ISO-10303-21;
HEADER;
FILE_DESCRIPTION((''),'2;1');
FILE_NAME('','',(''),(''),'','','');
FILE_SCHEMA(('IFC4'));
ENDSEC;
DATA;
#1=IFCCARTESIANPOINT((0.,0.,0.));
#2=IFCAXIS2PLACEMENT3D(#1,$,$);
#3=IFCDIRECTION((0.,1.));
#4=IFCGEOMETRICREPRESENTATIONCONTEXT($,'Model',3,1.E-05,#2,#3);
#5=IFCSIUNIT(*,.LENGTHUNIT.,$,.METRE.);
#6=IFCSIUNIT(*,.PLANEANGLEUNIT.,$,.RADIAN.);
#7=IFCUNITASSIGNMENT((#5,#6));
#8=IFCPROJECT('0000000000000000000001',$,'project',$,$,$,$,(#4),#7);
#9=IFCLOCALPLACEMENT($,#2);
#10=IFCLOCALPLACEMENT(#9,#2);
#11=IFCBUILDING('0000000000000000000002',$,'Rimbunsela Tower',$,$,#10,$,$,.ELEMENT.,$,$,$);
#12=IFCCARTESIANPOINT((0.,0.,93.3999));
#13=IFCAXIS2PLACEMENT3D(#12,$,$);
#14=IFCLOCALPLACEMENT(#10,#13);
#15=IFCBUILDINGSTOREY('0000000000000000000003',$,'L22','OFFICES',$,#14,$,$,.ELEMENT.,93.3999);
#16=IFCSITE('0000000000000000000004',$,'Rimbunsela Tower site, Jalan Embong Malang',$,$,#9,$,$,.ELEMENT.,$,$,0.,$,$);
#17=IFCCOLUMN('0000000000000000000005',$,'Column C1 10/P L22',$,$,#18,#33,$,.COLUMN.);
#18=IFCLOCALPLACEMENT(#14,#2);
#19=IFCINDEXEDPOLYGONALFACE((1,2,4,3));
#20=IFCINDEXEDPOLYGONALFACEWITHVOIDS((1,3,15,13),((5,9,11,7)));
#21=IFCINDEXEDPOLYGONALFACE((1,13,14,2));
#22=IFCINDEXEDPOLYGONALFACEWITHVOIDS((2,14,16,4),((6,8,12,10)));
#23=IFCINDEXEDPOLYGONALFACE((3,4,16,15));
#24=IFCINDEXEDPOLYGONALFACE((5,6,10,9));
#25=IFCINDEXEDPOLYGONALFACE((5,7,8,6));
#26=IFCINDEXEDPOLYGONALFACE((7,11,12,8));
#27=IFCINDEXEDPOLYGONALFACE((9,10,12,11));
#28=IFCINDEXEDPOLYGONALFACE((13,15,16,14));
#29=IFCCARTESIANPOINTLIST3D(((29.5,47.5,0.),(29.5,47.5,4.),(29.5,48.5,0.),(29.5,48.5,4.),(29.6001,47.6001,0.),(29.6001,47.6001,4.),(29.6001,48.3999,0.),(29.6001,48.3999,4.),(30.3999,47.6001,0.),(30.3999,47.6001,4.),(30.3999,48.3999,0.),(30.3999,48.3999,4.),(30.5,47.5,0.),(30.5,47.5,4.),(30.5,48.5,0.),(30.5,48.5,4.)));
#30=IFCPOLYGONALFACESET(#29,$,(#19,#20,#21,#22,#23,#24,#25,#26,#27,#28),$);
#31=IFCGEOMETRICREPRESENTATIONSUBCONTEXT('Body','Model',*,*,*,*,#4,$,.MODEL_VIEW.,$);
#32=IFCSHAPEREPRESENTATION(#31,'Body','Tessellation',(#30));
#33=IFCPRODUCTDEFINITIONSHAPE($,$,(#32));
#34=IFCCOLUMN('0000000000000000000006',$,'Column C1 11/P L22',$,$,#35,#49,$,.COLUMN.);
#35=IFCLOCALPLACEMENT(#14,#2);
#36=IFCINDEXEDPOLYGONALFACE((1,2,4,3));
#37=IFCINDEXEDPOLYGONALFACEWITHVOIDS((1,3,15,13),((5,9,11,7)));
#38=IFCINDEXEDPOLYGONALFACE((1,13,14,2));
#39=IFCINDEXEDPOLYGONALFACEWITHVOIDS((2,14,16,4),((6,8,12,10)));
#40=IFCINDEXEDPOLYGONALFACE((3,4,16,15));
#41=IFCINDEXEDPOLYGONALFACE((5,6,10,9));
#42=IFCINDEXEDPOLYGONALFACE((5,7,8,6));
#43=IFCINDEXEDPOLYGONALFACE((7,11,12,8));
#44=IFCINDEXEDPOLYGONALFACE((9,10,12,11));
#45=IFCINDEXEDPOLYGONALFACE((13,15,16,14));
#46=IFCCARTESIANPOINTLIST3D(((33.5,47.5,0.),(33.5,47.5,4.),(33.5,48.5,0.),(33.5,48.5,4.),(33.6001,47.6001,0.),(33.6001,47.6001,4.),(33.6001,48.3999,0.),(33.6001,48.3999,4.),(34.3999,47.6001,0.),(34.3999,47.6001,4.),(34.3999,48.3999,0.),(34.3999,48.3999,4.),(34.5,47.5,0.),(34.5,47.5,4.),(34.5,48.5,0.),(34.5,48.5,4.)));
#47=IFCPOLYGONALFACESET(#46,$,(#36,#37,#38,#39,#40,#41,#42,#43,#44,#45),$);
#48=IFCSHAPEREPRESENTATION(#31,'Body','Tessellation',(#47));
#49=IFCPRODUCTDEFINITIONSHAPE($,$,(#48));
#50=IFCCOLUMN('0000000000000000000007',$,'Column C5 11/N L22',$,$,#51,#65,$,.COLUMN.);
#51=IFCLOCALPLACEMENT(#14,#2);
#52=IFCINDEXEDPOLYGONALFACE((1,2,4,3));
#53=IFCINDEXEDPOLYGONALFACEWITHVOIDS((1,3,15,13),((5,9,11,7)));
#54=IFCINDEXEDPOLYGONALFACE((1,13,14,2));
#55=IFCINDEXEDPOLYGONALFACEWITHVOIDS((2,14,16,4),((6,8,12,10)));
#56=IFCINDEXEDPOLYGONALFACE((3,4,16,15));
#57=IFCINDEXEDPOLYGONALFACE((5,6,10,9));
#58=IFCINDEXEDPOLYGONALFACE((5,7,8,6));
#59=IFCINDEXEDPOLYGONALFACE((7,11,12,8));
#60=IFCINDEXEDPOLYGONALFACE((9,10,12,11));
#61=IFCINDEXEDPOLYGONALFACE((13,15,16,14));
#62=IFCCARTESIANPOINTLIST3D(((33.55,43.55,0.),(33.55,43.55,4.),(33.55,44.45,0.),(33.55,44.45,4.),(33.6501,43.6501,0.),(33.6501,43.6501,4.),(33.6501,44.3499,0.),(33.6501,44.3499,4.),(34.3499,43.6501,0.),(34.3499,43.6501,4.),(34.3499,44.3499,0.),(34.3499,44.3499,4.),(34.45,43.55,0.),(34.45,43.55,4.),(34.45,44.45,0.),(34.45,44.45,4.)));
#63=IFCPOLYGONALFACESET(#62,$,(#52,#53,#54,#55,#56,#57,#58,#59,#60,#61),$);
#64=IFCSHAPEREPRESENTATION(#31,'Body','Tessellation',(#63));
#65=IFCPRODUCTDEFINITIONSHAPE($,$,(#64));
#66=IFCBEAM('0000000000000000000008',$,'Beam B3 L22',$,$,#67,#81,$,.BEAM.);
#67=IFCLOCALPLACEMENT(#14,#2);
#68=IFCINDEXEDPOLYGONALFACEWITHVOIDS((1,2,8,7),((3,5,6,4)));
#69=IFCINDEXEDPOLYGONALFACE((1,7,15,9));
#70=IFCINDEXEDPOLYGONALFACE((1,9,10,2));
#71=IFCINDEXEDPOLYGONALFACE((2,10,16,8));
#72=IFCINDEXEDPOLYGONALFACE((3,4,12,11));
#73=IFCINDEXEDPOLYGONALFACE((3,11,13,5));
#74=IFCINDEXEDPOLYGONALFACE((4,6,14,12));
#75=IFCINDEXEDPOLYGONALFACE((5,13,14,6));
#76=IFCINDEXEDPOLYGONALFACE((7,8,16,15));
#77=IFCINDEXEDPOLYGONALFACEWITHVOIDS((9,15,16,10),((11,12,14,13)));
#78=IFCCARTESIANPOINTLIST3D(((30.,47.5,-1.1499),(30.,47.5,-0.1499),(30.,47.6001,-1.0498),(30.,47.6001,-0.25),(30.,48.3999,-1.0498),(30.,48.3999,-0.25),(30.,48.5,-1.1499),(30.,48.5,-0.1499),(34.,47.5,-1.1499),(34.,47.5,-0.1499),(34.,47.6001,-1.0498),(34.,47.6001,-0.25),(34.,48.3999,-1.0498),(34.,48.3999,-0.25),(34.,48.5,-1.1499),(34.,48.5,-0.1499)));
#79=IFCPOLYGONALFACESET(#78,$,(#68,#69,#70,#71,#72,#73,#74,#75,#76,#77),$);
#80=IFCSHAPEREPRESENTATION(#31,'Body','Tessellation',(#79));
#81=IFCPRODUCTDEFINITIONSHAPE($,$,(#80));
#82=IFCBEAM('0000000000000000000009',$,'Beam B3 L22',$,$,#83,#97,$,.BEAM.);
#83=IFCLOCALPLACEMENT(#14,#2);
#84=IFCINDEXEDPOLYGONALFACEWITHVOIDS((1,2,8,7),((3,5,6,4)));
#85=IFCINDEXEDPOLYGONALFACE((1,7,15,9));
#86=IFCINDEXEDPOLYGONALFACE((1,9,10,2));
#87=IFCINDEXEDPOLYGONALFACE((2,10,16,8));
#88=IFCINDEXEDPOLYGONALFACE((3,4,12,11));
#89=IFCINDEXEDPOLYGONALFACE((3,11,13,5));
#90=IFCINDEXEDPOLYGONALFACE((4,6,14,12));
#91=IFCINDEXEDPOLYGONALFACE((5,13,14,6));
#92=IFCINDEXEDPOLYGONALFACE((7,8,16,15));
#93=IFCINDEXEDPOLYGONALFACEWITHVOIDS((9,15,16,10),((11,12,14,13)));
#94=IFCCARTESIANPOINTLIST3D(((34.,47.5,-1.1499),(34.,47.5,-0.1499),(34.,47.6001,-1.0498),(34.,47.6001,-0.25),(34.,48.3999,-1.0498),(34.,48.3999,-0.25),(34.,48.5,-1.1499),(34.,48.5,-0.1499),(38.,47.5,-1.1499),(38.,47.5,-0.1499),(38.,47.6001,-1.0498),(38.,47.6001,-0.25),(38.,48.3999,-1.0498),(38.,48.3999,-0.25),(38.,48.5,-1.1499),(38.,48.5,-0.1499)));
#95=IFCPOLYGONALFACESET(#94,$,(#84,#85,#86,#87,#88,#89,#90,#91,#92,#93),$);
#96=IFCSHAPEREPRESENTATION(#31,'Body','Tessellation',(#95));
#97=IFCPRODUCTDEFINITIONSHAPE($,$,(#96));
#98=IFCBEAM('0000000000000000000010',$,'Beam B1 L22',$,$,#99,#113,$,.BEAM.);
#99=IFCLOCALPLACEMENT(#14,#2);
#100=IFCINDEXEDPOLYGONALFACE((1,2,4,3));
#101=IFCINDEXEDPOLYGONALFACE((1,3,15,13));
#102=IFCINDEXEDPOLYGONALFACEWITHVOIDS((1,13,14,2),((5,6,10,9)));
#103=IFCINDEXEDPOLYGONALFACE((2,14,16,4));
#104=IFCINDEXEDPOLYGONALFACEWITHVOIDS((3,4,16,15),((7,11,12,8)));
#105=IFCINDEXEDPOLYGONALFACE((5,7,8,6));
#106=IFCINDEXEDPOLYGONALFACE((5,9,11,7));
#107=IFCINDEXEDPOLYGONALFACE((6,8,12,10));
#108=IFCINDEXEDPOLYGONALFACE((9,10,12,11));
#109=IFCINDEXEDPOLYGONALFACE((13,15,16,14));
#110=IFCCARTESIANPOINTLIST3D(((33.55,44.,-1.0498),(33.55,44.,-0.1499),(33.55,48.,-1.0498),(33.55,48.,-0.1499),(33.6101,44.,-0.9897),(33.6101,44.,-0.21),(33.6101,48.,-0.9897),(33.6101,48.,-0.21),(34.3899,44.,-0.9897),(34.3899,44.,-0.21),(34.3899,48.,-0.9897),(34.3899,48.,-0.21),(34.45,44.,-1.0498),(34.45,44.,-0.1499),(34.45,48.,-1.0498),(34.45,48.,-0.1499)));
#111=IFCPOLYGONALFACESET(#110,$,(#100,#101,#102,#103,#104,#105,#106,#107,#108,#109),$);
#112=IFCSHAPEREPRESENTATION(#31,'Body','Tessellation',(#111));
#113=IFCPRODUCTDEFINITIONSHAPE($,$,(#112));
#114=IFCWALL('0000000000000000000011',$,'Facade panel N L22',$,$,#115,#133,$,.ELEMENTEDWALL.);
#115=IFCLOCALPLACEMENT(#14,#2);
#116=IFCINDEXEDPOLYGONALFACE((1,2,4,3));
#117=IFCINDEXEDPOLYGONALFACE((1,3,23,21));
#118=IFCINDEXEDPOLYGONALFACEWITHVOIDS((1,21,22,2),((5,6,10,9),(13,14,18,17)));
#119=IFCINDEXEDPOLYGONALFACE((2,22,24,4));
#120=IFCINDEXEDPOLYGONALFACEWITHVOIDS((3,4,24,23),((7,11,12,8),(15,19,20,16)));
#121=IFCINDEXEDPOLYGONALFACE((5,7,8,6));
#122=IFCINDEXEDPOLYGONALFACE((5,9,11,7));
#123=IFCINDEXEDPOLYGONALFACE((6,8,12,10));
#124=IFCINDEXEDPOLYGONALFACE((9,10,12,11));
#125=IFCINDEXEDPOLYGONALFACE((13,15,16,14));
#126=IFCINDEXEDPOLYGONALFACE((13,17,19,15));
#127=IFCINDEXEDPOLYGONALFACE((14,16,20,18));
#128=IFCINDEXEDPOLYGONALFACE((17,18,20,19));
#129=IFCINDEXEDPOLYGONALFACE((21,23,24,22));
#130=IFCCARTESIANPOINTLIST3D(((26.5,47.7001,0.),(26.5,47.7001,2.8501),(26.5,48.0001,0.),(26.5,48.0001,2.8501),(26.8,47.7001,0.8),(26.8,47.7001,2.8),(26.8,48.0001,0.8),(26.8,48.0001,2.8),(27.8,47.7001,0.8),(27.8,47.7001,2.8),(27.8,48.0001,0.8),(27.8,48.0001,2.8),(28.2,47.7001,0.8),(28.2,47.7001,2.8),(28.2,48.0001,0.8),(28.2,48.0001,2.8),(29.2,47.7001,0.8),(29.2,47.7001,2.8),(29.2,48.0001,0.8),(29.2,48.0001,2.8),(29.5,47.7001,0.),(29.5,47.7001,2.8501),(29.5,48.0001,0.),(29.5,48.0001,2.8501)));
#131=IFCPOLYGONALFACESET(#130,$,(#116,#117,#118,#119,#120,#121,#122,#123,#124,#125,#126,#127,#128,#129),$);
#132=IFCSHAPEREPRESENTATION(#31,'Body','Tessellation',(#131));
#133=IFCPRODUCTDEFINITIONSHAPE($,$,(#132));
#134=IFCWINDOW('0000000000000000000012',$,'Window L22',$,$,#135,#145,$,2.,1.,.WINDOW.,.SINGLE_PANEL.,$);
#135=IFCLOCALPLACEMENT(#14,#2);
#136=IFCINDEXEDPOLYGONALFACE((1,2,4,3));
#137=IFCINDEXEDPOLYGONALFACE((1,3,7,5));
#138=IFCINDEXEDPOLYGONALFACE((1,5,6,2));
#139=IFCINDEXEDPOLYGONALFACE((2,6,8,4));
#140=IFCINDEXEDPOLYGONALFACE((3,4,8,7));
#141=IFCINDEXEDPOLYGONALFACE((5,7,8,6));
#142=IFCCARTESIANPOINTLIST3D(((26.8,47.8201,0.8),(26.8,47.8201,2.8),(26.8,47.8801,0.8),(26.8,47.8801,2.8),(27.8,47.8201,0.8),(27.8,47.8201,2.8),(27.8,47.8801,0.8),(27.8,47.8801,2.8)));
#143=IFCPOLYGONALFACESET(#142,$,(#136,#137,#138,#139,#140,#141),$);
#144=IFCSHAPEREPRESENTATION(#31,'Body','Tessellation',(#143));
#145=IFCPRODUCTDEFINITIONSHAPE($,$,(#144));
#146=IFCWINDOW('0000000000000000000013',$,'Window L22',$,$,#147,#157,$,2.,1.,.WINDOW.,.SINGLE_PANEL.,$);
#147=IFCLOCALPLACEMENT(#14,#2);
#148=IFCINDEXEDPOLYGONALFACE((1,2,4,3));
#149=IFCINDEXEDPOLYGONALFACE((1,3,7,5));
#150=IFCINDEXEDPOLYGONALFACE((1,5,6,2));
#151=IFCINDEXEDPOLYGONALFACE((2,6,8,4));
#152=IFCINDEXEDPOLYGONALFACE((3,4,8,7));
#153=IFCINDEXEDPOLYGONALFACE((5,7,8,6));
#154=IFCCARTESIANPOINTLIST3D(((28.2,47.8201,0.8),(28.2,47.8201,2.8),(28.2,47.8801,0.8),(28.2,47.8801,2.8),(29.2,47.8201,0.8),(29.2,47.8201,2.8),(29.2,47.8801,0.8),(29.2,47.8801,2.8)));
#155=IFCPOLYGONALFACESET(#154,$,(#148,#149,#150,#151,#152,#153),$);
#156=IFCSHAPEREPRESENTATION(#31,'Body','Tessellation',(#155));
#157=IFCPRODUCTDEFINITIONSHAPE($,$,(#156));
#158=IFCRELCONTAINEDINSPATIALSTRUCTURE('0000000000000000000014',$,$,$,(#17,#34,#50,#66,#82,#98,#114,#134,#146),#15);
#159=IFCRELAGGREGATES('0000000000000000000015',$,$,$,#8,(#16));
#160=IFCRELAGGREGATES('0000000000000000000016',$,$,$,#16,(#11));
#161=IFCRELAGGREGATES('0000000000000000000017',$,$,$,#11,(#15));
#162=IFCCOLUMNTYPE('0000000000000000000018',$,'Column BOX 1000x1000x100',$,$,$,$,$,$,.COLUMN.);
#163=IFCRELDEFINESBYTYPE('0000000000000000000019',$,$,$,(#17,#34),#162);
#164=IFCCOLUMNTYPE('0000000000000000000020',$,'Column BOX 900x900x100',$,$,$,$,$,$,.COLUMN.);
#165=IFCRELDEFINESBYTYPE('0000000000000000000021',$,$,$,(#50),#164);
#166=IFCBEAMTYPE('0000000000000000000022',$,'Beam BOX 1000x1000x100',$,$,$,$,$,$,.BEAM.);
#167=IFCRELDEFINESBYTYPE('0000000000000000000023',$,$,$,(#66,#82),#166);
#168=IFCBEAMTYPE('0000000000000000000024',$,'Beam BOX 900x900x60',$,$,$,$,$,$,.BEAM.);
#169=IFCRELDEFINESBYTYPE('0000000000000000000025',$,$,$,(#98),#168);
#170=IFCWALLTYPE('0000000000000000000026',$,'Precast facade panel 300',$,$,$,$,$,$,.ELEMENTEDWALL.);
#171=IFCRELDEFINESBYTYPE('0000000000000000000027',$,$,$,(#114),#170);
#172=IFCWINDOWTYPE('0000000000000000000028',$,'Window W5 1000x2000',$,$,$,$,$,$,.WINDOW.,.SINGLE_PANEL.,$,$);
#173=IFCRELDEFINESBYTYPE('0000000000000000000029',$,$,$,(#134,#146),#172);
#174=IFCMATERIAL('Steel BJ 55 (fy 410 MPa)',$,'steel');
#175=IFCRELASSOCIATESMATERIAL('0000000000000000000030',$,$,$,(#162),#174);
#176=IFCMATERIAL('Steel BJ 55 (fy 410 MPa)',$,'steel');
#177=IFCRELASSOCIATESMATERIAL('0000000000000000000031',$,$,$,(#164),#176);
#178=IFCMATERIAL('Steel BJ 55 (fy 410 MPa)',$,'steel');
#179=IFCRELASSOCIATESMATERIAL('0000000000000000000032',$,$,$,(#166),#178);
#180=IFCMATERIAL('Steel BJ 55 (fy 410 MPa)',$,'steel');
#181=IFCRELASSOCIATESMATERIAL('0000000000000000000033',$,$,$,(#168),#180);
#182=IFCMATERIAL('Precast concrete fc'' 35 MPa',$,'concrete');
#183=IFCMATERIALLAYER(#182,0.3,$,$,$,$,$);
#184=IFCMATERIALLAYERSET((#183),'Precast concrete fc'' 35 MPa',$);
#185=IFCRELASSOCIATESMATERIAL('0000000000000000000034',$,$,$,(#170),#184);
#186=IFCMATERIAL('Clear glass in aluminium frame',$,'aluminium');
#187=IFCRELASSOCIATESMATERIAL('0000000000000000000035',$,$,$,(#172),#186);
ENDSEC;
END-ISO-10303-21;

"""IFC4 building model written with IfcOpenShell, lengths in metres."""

from ifc_helpers import new_model, si_unit, direction, frame, frame_2d, origin, origin_2d, place, context, subcontext, project, spatial, rectangle, hollow_rectangle, extrude, material, layer, layer_set, material_profile, profile_set, type_object, element, fill, save


model = new_model("IFC4")

# Units and contexts
model_context = context("Model", 3, precision=1e-05, world=origin(), true_north=direction((0.0, 1.0)))
body_context = subcontext(model_context, "Body", "Model", "MODEL_VIEW")
ifc_project = project(units=[si_unit("LENGTHUNIT", "METRE"), si_unit("PLANEANGLEUNIT", "RADIAN")], contexts=[model_context])

# Site, building, storey
site_placement = place(None, origin())
site = spatial("IfcSite", under=ifc_project, at=site_placement, Name="Rimbunsela Tower site, Jalan Embong Malang", CompositionType="ELEMENT", RefElevation=0.0)
building_placement = place(site_placement, origin())
building = spatial("IfcBuilding", under=site, at=building_placement, Name="Rimbunsela Tower", CompositionType="ELEMENT")
storey_placement = place(building_placement, frame((0.0, 0.0, 93.3999)))
storey = spatial("IfcBuildingStorey", under=building, at=storey_placement, Name="L22", Description="OFFICES", CompositionType="ELEMENT", Elevation=93.3999)

# Columns
ifc_material_1 = material(Name="Steel BJ 55 (fy 410 MPa)", Category="steel")
ifc_material_profile_1 = material_profile(ifc_material_1, hollow_rectangle(XDim=1.0, YDim=1.0, WallThickness=0.1001, at=origin_2d()), Name="BOX 1000x1000x100")
ifc_profile_set_1 = profile_set([ifc_material_profile_1], Name="Steel BJ 55 (fy 410 MPa)")
column_type_1 = type_object("IfcColumnType", Name="Column BOX 1000x1000x100", PredefinedType="COLUMN", material=ifc_profile_set_1)
for number, where, z_axis, x_axis, name in (
    (1, (30.0, 48.0, 0.0), (0.0, 0.0, 1.0), (1.0, 0.0, 0.0), "Column C1 10/P L22"),
    (2, (34.0, 48.0, 0.0), (0.0, 0.0, 1.0), (1.0, 0.0, 0.0), "Column C1 11/P L22"),
):
    element("IfcColumn", number, at=place(storey_placement, frame(where, z_axis=z_axis, x_axis=x_axis)), inside=storey, type_object=column_type_1, Name=name, PredefinedType="COLUMN", context=body_context, shape_type="SweptSolid", body=[
        extrude(hollow_rectangle(XDim=1.0, YDim=1.0, WallThickness=0.1001, at=origin_2d()), origin(), (0.0, 0.0, 1.0), 4.0),
    ])
ifc_material_2 = material(Name="Steel BJ 55 (fy 410 MPa)", Category="steel")
ifc_material_profile_2 = material_profile(ifc_material_2, hollow_rectangle(XDim=0.8999, YDim=0.8999, WallThickness=0.1001, at=origin_2d()), Name="BOX 900x900x100")
ifc_profile_set_2 = profile_set([ifc_material_profile_2], Name="Steel BJ 55 (fy 410 MPa)")
column_type_2 = type_object("IfcColumnType", Name="Column BOX 900x900x100", PredefinedType="COLUMN", material=ifc_profile_set_2)
column_placement = place(storey_placement, frame((34.0, 44.0, 0.0), z_axis=(0.0, 0.0, 1.0), x_axis=(1.0, 0.0, 0.0)))
element("IfcColumn", 3, at=column_placement, inside=storey, type_object=column_type_2, Name="Column C5 11/N L22", PredefinedType="COLUMN", context=body_context, shape_type="SweptSolid", body=[
    extrude(hollow_rectangle(XDim=0.8999, YDim=0.8999, WallThickness=0.1001, at=origin_2d()), origin(), (0.0, 0.0, 1.0), 4.0),
])

# Beams
ifc_material_3 = material(Name="Steel BJ 55 (fy 410 MPa)", Category="steel")
ifc_material_profile_3 = material_profile(ifc_material_3, hollow_rectangle(XDim=1.0, YDim=1.0, WallThickness=0.1001, at=origin_2d()), Name="BOX 1000x1000x100")
ifc_profile_set_3 = profile_set([ifc_material_profile_3], Name="Steel BJ 55 (fy 410 MPa)")
beam_type_1 = type_object("IfcBeamType", Name="Beam BOX 1000x1000x100", PredefinedType="BEAM", material=ifc_profile_set_3)
for number, where, z_axis, x_axis, name in (
    (4, (30.0, 48.0, -0.6499), (1.0, 0.0, 0.0), (0.0, 1.0, 0.0), "Beam B3 L22"),
    (5, (34.0, 48.0, -0.6499), (1.0, 0.0, 0.0), (0.0, 1.0, 0.0), "Beam B3 L22"),
):
    element("IfcBeam", number, at=place(storey_placement, frame(where, z_axis=z_axis, x_axis=x_axis)), inside=storey, type_object=beam_type_1, Name=name, PredefinedType="BEAM", context=body_context, shape_type="SweptSolid", body=[
        extrude(hollow_rectangle(XDim=1.0, YDim=1.0, WallThickness=0.1001, at=origin_2d()), origin(), (0.0, 0.0, 1.0), 4.0),
    ])
ifc_material_4 = material(Name="Steel BJ 55 (fy 410 MPa)", Category="steel")
ifc_material_profile_4 = material_profile(ifc_material_4, hollow_rectangle(XDim=0.8999, YDim=0.8999, WallThickness=0.0601, at=origin_2d()), Name="BOX 900x900x60")
ifc_profile_set_4 = profile_set([ifc_material_profile_4], Name="Steel BJ 55 (fy 410 MPa)")
beam_type_2 = type_object("IfcBeamType", Name="Beam BOX 900x900x60", PredefinedType="BEAM", material=ifc_profile_set_4)
beam_placement = place(storey_placement, frame((34.0, 44.0, -0.5999), z_axis=(0.0, 1.0, 0.0), x_axis=(-1.0, 0.0, 0.0)))
element("IfcBeam", 6, at=beam_placement, inside=storey, type_object=beam_type_2, Name="Beam B1 L22", PredefinedType="BEAM", context=body_context, shape_type="SweptSolid", body=[
    extrude(hollow_rectangle(XDim=0.8999, YDim=0.8999, WallThickness=0.0601, at=origin_2d()), origin(), (0.0, 0.0, 1.0), 4.0),
])

# Wall, openings, windows
ifc_material_5 = material(Name="Precast concrete fc' 35 MPa", Category="concrete")
ifc_layer_1 = layer(ifc_material_5, 0.3)
ifc_layer_set_1 = layer_set([ifc_layer_1], Name="Precast concrete fc' 35 MPa")
wall_type_1 = type_object("IfcWallType", Name="Precast facade panel 300", PredefinedType="ELEMENTEDWALL", material=ifc_layer_set_1)
wall_1_placement = place(storey_placement, frame((29.5, 47.8501, 0.0), z_axis=(0.0, 0.0, 1.0), x_axis=(-1.0, 0.0, 0.0)))
wall_1 = element("IfcWall", 7, at=wall_1_placement, inside=storey, type_object=wall_type_1, Name="Facade panel N L22", PredefinedType="ELEMENTEDWALL", context=body_context, shape_type="SweptSolid", body=[
    extrude(rectangle(XDim=3.0, YDim=0.3, at=frame_2d((1.5, 0.0))), origin(), (0.0, 0.0, 1.0), 2.8501),
])
opening_1_placement = place(wall_1_placement, frame((1.7, 0.0, 0.8)))
opening_1 = element("IfcOpeningElement", 8, at=opening_1_placement, cuts=wall_1, PredefinedType="OPENING", context=body_context, shape_type="SweptSolid", body=[
    extrude(rectangle(XDim=1.0, YDim=2.0, at=frame_2d((0.5, 1.0))), frame((0.0, 0.1599, 0.0), z_axis=(0.0, -1.0, 0.0), x_axis=(1.0, 0.0, 0.0)), (0.0, 0.0, 1.0), 0.3201),
])
opening_2_placement = place(wall_1_placement, frame((0.3, 0.0, 0.8)))
opening_2 = element("IfcOpeningElement", 9, at=opening_2_placement, cuts=wall_1, PredefinedType="OPENING", context=body_context, shape_type="SweptSolid", body=[
    extrude(rectangle(XDim=1.0, YDim=2.0, at=frame_2d((0.5, 1.0))), frame((0.0, 0.1599, 0.0), z_axis=(0.0, -1.0, 0.0), x_axis=(1.0, 0.0, 0.0)), (0.0, 0.0, 1.0), 0.3201),
])
ifc_material_6 = material(Name="Clear glass in aluminium frame", Category="aluminium")
window_type_1 = type_object("IfcWindowType", Name="Window W5 1000x2000", PartitioningType="SINGLE_PANEL", PredefinedType="WINDOW", material=ifc_material_6)
window_1_placement = place(opening_1_placement, origin())
window_1 = element("IfcWindow", 10, at=window_1_placement, inside=storey, type_object=window_type_1, Name="Window L22", OverallHeight=2.0, OverallWidth=1.0, PartitioningType="SINGLE_PANEL", PredefinedType="WINDOW", context=body_context, shape_type="SweptSolid", body=[
    extrude(rectangle(XDim=1.0, YDim=2.0, at=frame_2d((0.5, 1.0))), frame((0.0, 0.03, 0.0), z_axis=(0.0, -1.0, 0.0), x_axis=(1.0, 0.0, 0.0)), (0.0, 0.0, 1.0), 0.0601),
])
fill(opening_1, window_1)
window_2_placement = place(opening_2_placement, origin())
window_2 = element("IfcWindow", 11, at=window_2_placement, inside=storey, type_object=window_type_1, Name="Window L22", OverallHeight=2.0, OverallWidth=1.0, PartitioningType="SINGLE_PANEL", PredefinedType="WINDOW", context=body_context, shape_type="SweptSolid", body=[
    extrude(rectangle(XDim=1.0, YDim=2.0, at=frame_2d((0.5, 1.0))), frame((0.0, 0.03, 0.0), z_axis=(0.0, -1.0, 0.0), x_axis=(1.0, 0.0, 0.0)), (0.0, 0.0, 1.0), 0.0601),
])
fill(opening_2, window_2)

save(model, "model.ifc")
